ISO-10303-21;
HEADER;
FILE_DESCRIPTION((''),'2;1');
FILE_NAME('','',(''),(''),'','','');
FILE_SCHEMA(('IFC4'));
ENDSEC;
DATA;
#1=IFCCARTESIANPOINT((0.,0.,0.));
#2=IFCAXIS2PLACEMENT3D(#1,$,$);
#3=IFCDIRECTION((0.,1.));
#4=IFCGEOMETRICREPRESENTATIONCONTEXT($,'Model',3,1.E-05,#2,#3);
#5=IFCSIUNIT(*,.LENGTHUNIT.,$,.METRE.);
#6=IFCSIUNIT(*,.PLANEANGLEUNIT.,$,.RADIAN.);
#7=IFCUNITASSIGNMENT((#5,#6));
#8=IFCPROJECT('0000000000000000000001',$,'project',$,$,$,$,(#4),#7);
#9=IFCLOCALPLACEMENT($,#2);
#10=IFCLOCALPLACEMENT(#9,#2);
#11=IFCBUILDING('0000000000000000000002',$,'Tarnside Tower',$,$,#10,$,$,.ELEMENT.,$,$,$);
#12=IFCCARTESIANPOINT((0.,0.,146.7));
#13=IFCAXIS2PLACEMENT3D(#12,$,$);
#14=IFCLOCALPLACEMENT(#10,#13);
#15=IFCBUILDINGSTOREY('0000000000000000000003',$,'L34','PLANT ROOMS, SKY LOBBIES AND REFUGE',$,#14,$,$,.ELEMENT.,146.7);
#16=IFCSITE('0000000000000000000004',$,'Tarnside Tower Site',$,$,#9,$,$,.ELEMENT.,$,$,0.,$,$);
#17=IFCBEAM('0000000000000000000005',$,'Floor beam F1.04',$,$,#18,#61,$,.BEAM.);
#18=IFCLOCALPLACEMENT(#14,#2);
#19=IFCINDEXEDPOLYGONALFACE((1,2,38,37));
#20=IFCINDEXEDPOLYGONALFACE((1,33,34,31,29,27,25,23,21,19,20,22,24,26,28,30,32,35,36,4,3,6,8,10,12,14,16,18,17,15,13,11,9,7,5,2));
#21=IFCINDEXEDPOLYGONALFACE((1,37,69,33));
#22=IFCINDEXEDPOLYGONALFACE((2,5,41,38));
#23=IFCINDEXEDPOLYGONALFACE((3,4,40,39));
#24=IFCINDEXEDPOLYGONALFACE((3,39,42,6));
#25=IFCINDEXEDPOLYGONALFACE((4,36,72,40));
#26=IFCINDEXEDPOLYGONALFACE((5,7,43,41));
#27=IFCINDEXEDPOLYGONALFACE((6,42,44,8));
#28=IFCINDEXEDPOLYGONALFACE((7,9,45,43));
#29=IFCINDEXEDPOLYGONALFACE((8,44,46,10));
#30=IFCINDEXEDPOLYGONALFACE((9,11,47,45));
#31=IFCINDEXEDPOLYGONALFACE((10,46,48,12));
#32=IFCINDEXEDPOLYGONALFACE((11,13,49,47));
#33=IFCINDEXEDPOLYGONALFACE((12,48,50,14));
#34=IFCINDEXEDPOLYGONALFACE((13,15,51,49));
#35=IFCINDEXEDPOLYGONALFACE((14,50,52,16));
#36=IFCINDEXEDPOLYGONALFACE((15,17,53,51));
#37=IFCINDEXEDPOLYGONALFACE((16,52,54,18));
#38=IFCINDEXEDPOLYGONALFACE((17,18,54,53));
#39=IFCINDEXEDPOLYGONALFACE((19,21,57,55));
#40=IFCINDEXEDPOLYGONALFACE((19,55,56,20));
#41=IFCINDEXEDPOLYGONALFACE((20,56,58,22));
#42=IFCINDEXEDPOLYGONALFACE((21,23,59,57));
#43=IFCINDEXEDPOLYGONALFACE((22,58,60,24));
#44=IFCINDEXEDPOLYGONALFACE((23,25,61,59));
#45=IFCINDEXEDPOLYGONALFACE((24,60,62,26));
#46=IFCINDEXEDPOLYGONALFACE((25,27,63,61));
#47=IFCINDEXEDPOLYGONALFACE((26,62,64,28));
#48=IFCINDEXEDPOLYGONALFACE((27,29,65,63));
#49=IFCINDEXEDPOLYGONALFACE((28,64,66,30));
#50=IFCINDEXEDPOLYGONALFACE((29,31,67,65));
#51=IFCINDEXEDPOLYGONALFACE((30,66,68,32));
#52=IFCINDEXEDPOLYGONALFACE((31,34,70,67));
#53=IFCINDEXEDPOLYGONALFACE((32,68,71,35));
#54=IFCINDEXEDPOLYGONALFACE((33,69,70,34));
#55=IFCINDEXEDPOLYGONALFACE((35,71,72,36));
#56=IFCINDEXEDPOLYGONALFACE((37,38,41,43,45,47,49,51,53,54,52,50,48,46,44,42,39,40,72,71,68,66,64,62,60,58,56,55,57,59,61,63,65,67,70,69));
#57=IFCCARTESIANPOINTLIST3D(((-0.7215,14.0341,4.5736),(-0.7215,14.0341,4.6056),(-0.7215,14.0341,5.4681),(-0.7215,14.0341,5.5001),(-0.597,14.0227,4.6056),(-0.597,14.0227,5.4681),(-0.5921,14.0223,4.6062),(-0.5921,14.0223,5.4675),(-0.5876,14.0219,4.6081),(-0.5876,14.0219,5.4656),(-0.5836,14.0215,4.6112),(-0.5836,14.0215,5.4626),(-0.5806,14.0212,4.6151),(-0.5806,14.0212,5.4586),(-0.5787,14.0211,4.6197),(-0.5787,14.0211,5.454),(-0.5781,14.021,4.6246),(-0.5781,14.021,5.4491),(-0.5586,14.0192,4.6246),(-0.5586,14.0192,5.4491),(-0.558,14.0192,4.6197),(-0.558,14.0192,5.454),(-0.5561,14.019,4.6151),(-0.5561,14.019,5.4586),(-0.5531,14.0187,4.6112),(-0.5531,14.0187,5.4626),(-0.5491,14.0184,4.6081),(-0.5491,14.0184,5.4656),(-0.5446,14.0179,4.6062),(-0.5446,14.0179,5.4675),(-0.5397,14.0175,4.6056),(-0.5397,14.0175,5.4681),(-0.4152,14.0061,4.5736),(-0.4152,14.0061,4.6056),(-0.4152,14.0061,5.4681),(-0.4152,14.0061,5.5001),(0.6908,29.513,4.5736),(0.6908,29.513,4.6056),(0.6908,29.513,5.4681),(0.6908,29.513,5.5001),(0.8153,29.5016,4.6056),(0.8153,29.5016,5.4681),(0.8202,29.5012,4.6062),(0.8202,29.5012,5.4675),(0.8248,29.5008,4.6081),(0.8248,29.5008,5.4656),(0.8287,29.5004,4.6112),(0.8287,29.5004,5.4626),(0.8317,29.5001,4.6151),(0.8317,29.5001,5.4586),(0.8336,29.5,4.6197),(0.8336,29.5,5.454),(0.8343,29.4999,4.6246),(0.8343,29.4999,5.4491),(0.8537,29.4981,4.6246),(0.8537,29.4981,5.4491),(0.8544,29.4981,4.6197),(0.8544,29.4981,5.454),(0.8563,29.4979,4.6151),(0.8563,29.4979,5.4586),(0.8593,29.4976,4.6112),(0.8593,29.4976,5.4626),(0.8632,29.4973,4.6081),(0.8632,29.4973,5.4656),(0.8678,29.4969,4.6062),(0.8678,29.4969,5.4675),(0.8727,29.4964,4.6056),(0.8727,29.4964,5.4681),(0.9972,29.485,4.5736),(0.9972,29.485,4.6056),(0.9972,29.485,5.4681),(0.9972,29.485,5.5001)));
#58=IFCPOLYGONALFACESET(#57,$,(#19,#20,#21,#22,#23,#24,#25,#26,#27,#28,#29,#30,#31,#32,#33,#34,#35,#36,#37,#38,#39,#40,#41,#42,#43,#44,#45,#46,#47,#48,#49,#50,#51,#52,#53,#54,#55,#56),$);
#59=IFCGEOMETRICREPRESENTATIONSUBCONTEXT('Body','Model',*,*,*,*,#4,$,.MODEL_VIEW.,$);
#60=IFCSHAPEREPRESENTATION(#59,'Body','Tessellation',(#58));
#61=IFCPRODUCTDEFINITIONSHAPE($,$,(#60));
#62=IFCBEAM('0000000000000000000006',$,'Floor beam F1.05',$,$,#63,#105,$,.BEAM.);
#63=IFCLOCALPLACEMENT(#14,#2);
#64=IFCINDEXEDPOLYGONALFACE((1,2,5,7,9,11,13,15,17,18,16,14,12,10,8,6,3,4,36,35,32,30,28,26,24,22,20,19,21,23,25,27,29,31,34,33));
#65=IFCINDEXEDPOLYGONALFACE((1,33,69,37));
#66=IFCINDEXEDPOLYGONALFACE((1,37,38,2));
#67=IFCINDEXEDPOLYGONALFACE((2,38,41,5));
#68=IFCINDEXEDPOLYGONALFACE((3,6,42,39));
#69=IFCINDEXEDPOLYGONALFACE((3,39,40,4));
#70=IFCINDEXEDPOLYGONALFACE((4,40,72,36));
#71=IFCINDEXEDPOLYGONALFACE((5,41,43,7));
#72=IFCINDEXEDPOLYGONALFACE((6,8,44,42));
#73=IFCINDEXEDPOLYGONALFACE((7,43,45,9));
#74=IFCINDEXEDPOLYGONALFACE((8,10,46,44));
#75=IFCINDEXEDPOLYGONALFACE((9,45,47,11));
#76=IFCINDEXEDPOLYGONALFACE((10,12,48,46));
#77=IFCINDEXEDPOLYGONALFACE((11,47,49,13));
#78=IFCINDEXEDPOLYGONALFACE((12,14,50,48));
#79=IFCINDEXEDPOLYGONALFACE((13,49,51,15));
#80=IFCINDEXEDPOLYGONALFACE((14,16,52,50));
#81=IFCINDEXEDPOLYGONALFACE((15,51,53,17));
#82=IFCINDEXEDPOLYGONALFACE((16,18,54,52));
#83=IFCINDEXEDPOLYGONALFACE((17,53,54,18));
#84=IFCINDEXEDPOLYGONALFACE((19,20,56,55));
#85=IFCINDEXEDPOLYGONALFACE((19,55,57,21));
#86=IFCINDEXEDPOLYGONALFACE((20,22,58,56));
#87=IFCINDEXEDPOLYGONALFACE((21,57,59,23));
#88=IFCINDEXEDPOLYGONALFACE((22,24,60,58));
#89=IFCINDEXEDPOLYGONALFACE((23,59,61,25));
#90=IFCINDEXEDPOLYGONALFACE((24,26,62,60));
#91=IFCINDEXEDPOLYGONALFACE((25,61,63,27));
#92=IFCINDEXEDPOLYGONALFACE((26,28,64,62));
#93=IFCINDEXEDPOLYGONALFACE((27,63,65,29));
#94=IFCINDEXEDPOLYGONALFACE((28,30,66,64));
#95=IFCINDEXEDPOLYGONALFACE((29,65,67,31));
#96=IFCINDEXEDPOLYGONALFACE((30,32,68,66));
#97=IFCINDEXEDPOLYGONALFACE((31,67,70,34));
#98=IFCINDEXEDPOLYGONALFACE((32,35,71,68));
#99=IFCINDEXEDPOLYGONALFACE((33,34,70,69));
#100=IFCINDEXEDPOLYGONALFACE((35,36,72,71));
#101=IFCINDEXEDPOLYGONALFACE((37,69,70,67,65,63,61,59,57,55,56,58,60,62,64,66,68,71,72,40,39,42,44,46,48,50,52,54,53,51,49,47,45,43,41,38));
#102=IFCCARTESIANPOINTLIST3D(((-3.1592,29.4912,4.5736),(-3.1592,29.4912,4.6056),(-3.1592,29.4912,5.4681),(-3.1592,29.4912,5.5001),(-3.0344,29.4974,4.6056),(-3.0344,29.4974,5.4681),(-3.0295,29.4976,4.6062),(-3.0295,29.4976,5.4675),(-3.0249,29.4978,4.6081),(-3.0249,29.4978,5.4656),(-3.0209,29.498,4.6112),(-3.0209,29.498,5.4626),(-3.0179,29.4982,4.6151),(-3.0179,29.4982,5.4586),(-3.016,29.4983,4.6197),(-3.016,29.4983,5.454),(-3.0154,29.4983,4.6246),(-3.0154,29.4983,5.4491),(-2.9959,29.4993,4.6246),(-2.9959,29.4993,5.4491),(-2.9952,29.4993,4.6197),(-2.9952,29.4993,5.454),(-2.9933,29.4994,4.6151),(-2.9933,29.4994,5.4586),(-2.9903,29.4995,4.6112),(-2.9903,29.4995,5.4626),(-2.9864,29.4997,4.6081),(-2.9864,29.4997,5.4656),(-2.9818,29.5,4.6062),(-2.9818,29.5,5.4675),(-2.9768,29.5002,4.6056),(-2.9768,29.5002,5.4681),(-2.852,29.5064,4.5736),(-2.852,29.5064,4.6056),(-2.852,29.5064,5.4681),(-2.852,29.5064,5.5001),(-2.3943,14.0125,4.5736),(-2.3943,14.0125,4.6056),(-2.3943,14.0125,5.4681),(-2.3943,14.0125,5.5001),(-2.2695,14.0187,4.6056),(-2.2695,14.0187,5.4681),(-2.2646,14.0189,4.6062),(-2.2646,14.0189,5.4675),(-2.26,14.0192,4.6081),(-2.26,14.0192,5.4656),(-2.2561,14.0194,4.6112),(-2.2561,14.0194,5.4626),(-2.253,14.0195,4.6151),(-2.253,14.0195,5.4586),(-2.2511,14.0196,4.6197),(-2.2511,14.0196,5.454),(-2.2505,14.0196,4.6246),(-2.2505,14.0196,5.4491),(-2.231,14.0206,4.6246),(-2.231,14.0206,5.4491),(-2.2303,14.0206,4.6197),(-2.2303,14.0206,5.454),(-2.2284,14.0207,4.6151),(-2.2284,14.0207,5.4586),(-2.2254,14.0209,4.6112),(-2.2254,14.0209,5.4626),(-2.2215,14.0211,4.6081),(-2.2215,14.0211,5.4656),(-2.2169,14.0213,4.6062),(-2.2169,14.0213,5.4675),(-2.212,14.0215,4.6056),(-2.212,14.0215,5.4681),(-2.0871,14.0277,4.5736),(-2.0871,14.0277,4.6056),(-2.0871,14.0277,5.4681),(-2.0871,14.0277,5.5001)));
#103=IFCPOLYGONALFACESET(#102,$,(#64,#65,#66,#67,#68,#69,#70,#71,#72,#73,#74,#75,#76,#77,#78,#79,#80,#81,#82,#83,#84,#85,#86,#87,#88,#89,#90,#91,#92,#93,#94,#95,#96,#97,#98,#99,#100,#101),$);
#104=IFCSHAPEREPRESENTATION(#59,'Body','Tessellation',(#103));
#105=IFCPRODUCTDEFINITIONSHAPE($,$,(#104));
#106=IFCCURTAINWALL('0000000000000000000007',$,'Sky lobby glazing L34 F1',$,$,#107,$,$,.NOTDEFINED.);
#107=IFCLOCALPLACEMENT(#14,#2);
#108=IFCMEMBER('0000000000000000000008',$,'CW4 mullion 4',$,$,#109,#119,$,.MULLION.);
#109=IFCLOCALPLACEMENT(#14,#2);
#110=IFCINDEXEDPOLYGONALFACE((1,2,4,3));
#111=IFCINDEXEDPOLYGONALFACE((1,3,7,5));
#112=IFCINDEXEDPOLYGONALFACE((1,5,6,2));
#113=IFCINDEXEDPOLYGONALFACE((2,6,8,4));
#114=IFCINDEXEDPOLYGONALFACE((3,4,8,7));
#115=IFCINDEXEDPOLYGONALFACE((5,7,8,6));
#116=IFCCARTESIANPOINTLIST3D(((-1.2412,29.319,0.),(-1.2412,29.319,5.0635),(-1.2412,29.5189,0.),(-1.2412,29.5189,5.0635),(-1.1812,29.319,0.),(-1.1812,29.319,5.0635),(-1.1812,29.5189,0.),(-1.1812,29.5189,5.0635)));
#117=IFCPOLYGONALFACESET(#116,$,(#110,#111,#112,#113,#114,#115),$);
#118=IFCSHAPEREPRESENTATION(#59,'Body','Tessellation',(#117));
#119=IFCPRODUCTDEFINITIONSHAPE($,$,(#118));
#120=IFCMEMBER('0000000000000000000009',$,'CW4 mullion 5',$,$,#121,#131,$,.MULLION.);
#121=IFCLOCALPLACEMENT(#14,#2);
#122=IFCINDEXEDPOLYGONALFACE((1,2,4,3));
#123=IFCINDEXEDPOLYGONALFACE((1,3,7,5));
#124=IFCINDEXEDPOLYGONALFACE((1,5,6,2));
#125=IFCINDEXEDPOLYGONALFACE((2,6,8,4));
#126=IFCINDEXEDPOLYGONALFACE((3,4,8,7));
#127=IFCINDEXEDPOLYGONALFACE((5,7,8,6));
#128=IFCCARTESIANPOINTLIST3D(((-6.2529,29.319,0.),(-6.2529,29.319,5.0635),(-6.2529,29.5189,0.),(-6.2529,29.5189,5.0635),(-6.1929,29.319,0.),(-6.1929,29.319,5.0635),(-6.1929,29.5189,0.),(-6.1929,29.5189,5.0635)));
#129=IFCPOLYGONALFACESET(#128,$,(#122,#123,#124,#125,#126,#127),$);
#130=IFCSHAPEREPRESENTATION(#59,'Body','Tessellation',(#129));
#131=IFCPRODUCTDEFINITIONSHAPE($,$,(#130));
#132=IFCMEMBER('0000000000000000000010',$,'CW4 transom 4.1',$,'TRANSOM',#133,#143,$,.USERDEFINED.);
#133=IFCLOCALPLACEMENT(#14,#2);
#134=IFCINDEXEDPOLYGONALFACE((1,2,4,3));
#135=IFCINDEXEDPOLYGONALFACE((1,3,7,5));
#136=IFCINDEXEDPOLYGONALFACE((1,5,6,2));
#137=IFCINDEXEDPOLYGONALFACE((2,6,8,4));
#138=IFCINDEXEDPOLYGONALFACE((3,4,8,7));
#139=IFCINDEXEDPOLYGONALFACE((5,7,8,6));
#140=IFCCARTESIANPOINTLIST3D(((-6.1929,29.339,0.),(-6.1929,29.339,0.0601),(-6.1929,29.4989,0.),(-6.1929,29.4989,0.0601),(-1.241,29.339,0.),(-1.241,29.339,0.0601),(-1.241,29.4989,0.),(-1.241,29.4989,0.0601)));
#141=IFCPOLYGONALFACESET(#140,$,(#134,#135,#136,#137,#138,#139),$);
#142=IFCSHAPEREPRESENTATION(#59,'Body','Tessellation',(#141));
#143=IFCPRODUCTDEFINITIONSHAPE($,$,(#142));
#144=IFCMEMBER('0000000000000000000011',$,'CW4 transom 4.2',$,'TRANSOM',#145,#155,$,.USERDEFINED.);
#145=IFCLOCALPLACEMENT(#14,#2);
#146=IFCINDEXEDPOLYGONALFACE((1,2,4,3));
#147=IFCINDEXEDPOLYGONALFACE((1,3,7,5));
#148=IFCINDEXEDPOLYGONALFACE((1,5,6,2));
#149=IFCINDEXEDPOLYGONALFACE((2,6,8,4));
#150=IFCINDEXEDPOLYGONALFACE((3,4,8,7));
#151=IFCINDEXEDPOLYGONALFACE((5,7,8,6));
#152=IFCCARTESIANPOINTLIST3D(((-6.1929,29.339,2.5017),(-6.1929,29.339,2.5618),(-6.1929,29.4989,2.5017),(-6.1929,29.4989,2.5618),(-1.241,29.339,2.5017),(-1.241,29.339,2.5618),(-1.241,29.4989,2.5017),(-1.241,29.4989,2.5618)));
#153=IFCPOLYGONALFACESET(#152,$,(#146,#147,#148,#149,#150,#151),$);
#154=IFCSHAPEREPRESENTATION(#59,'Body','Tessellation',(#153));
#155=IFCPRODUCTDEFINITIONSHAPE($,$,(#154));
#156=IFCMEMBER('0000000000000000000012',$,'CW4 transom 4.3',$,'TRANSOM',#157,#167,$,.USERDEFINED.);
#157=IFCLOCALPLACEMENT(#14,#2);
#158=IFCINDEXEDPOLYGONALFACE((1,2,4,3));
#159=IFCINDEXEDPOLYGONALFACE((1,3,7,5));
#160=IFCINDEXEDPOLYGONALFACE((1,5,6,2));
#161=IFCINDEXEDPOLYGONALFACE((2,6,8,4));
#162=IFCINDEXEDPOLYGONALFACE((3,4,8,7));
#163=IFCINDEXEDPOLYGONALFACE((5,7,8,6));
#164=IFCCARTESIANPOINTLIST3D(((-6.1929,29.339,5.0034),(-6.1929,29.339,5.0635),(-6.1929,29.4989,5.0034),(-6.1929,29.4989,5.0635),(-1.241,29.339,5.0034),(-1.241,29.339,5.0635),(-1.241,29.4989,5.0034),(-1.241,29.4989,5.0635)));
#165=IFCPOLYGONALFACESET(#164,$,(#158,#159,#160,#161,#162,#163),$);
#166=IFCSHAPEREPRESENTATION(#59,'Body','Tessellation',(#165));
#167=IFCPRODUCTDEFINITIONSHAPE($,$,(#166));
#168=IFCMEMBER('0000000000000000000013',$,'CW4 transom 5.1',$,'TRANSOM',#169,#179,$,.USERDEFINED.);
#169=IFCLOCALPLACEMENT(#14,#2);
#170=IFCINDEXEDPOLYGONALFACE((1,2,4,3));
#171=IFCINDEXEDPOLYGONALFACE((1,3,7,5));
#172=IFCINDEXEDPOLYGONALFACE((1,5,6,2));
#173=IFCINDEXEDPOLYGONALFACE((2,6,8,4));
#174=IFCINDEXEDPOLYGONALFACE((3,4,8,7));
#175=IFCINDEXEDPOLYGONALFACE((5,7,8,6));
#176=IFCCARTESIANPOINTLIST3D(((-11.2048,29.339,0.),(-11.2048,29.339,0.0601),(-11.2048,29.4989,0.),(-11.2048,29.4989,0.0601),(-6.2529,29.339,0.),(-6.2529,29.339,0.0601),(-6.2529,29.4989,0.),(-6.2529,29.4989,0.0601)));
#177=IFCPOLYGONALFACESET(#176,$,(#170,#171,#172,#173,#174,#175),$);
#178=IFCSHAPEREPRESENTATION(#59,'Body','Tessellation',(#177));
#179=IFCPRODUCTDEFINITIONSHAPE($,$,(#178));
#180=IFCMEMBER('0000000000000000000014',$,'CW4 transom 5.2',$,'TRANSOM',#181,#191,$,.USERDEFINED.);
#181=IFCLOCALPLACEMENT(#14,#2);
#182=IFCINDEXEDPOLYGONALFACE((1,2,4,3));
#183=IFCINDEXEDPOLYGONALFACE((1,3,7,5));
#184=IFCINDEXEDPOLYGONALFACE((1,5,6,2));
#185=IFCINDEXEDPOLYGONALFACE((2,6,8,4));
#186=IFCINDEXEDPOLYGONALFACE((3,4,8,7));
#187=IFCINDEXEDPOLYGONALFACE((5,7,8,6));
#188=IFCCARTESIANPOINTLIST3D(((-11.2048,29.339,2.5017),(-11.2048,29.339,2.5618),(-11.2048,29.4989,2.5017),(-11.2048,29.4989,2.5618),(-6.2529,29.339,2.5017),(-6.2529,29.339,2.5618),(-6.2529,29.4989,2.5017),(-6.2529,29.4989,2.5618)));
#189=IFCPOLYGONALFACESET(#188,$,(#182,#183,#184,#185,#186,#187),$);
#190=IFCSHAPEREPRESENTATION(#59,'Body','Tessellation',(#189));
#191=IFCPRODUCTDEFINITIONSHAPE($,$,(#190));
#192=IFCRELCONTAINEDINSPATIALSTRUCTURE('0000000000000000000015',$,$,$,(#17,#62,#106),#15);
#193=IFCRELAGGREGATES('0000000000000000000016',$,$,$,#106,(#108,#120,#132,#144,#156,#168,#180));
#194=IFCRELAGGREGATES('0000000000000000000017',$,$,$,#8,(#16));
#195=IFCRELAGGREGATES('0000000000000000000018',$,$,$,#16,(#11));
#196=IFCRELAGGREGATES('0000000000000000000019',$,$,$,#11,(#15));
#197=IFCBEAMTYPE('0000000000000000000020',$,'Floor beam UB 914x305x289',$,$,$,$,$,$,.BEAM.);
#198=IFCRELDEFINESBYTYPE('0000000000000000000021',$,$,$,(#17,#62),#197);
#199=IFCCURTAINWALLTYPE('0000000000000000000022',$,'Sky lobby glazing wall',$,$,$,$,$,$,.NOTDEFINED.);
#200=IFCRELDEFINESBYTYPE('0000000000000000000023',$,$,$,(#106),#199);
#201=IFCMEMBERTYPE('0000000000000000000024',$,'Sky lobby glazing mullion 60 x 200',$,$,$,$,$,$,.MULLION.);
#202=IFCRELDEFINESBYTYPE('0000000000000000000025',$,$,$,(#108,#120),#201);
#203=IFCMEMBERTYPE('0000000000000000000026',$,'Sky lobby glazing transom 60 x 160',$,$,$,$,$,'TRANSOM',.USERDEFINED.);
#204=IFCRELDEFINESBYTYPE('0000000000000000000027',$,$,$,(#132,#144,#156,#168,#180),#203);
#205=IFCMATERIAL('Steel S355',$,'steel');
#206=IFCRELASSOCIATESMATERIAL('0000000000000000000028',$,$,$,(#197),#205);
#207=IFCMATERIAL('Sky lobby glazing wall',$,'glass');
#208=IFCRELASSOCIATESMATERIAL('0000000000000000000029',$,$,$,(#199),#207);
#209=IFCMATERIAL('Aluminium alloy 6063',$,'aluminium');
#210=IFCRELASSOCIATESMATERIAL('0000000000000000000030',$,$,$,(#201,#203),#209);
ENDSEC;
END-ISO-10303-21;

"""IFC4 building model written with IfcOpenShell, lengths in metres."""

from ifc_helpers import new_model, si_unit, direction, frame, origin, origin_2d, place, context, subcontext, project, spatial, rectangle, i_section, extrude, material, material_profile, profile_set, type_object, element, aggregate, save


model = new_model("IFC4")

# Units and contexts
model_context = context("Model", 3, precision=1e-05, world=origin(), true_north=direction((0.0, 1.0)))
body_context = subcontext(model_context, "Body", "Model", "MODEL_VIEW")
ifc_project = project(units=[si_unit("LENGTHUNIT", "METRE"), si_unit("PLANEANGLEUNIT", "RADIAN")], contexts=[model_context])

# Site, building, storey
site_placement = place(None, origin())
site = spatial("IfcSite", under=ifc_project, at=site_placement, Name="Tarnside Tower Site", CompositionType="ELEMENT", RefElevation=0.0)
building_placement = place(site_placement, origin())
building = spatial("IfcBuilding", under=site, at=building_placement, Name="Tarnside Tower", CompositionType="ELEMENT")
storey_placement = place(building_placement, frame((0.0, 0.0, 146.7)))
storey = spatial("IfcBuildingStorey", under=building, at=storey_placement, Name="L34", Description="PLANT ROOMS, SKY LOBBIES AND REFUGE", CompositionType="ELEMENT", Elevation=146.7)

# Beams
ifc_material_1 = material(Name="Steel S355", Category="steel")
ifc_material_profile_1 = material_profile(ifc_material_1, i_section(OverallWidth=0.3076, OverallDepth=0.9265, WebThickness=0.0195, FlangeThickness=0.032, FilletRadius=0.019, at=origin_2d()), Name="UB 914x305x289")
ifc_profile_set_1 = profile_set([ifc_material_profile_1], Name="Steel S355")
beam_type = type_object("IfcBeamType", Name="Floor beam UB 914x305x289", PredefinedType="BEAM", material=ifc_profile_set_1)
beam_1_placement = place(storey_placement, frame((0.844, 29.499, 5.0369), z_axis=(-0.090866, -0.995863, 0.0), x_axis=(0.995863, -0.090866, 0.0)))
element("IfcBeam", 1, at=beam_1_placement, inside=storey, type_object=beam_type, Name="Floor beam F1.04", PredefinedType="BEAM", context=body_context, shape_type="SweptSolid", body=[
    extrude(i_section(OverallWidth=0.3076, OverallDepth=0.9265, WebThickness=0.0195, FlangeThickness=0.032, FilletRadius=0.019, at=origin_2d()), origin(), (0.0, 0.0, 1.0), 15.5432),
])
beam_2_placement = place(storey_placement, frame((-3.0056, 29.4988, 5.0369), z_axis=(0.049355, -0.998781, 0.0), x_axis=(0.998781, 0.049355, 0.0)))
element("IfcBeam", 2, at=beam_2_placement, inside=storey, type_object=beam_type, Name="Floor beam F1.05", PredefinedType="BEAM", context=body_context, shape_type="SweptSolid", body=[
    extrude(i_section(OverallWidth=0.3076, OverallDepth=0.9265, WebThickness=0.0195, FlangeThickness=0.032, FilletRadius=0.019, at=origin_2d()), origin(), (0.0, 0.0, 1.0), 15.4976),
])

# Curtain wall, members
ifc_material_2 = material(Name="Sky lobby glazing wall", Category="glass")
curtain_wall_type = type_object("IfcCurtainWallType", Name="Sky lobby glazing wall", PredefinedType="NOTDEFINED", material=ifc_material_2)
curtain_wall_placement = place(storey_placement, origin())
curtain_wall = element("IfcCurtainWall", 3, at=curtain_wall_placement, inside=storey, type_object=curtain_wall_type, Name="Sky lobby glazing L34 F1", PredefinedType="NOTDEFINED")
ifc_material_3 = material(Name="Aluminium alloy 6063", Category="aluminium")
ifc_material_profile_2 = material_profile(ifc_material_3, rectangle(XDim=0.2, YDim=0.0601, at=origin_2d()), Name="Sky lobby glazing mullion 60 x 200")
ifc_profile_set_2 = profile_set([ifc_material_profile_2], Name="Aluminium alloy 6063")
member_type_1 = type_object("IfcMemberType", Name="Sky lobby glazing mullion 60 x 200", PredefinedType="MULLION", material=ifc_profile_set_2)
member_1_placement = place(storey_placement, frame((-1.2112, 29.4189, 0.0), z_axis=(0.0, 0.0, 1.0), x_axis=(0.0, -1.0, 0.0)))
member_1 = element("IfcMember", 4, at=member_1_placement, type_object=member_type_1, Name="CW4 mullion 4", PredefinedType="MULLION", context=body_context, shape_type="SweptSolid", body=[
    extrude(rectangle(XDim=0.2, YDim=0.0601, at=origin_2d()), origin(), (0.0, 0.0, 1.0), 5.0635),
])
member_2_placement = place(storey_placement, frame((-6.2229, 29.4189, 0.0), z_axis=(0.0, 0.0, 1.0), x_axis=(0.0, -1.0, 0.0)))
member_2 = element("IfcMember", 5, at=member_2_placement, type_object=member_type_1, Name="CW4 mullion 5", PredefinedType="MULLION", context=body_context, shape_type="SweptSolid", body=[
    extrude(rectangle(XDim=0.2, YDim=0.0601, at=origin_2d()), origin(), (0.0, 0.0, 1.0), 5.0635),
])
ifc_material_profile_3 = material_profile(ifc_material_3, rectangle(XDim=0.1599, YDim=0.0601, at=origin_2d()), Name="Sky lobby glazing transom 60 x 160")
ifc_profile_set_3 = profile_set([ifc_material_profile_3], Name="Aluminium alloy 6063")
member_type_2 = type_object("IfcMemberType", Name="Sky lobby glazing transom 60 x 160", ElementType="TRANSOM", PredefinedType="USERDEFINED", material=ifc_profile_set_3)
member_3_placement = place(storey_placement, frame((-1.241, 29.4189, 0.03), z_axis=(-1.0, 0.0, 0.0), x_axis=(0.0, -1.0, 0.0)))
member_3 = element("IfcMember", 6, at=member_3_placement, type_object=member_type_2, Name="CW4 transom 4.1", ObjectType="TRANSOM", PredefinedType="USERDEFINED", context=body_context, shape_type="SweptSolid", body=[
    extrude(rectangle(XDim=0.1599, YDim=0.0601, at=origin_2d()), origin(), (0.0, 0.0, 1.0), 4.9519),
])
member_4_placement = place(storey_placement, frame((-1.241, 29.4189, 2.5317), z_axis=(-1.0, 0.0, 0.0), x_axis=(0.0, -1.0, 0.0)))
member_4 = element("IfcMember", 7, at=member_4_placement, type_object=member_type_2, Name="CW4 transom 4.2", ObjectType="TRANSOM", PredefinedType="USERDEFINED", context=body_context, shape_type="SweptSolid", body=[
    extrude(rectangle(XDim=0.1599, YDim=0.0601, at=origin_2d()), origin(), (0.0, 0.0, 1.0), 4.9519),
])
member_5_placement = place(storey_placement, frame((-1.241, 29.4189, 5.0334), z_axis=(-1.0, 0.0, 0.0), x_axis=(0.0, -1.0, 0.0)))
member_5 = element("IfcMember", 8, at=member_5_placement, type_object=member_type_2, Name="CW4 transom 4.3", ObjectType="TRANSOM", PredefinedType="USERDEFINED", context=body_context, shape_type="SweptSolid", body=[
    extrude(rectangle(XDim=0.1599, YDim=0.0601, at=origin_2d()), origin(), (0.0, 0.0, 1.0), 4.9519),
])
member_6_placement = place(storey_placement, frame((-6.2529, 29.4189, 0.03), z_axis=(-1.0, 0.0, 0.0), x_axis=(0.0, -1.0, 0.0)))
member_6 = element("IfcMember", 9, at=member_6_placement, type_object=member_type_2, Name="CW4 transom 5.1", ObjectType="TRANSOM", PredefinedType="USERDEFINED", context=body_context, shape_type="SweptSolid", body=[
    extrude(rectangle(XDim=0.1599, YDim=0.0601, at=origin_2d()), origin(), (0.0, 0.0, 1.0), 4.9519),
])
member_7_placement = place(storey_placement, frame((-6.2529, 29.4189, 2.5317), z_axis=(-1.0, 0.0, 0.0), x_axis=(0.0, -1.0, 0.0)))
member_7 = element("IfcMember", 10, at=member_7_placement, type_object=member_type_2, Name="CW4 transom 5.2", ObjectType="TRANSOM", PredefinedType="USERDEFINED", context=body_context, shape_type="SweptSolid", body=[
    extrude(rectangle(XDim=0.1599, YDim=0.0601, at=origin_2d()), origin(), (0.0, 0.0, 1.0), 4.9519),
])

aggregate(curtain_wall, [member_1, member_2, member_3, member_4, member_5, member_6, member_7])

save(model, "model.ifc")
